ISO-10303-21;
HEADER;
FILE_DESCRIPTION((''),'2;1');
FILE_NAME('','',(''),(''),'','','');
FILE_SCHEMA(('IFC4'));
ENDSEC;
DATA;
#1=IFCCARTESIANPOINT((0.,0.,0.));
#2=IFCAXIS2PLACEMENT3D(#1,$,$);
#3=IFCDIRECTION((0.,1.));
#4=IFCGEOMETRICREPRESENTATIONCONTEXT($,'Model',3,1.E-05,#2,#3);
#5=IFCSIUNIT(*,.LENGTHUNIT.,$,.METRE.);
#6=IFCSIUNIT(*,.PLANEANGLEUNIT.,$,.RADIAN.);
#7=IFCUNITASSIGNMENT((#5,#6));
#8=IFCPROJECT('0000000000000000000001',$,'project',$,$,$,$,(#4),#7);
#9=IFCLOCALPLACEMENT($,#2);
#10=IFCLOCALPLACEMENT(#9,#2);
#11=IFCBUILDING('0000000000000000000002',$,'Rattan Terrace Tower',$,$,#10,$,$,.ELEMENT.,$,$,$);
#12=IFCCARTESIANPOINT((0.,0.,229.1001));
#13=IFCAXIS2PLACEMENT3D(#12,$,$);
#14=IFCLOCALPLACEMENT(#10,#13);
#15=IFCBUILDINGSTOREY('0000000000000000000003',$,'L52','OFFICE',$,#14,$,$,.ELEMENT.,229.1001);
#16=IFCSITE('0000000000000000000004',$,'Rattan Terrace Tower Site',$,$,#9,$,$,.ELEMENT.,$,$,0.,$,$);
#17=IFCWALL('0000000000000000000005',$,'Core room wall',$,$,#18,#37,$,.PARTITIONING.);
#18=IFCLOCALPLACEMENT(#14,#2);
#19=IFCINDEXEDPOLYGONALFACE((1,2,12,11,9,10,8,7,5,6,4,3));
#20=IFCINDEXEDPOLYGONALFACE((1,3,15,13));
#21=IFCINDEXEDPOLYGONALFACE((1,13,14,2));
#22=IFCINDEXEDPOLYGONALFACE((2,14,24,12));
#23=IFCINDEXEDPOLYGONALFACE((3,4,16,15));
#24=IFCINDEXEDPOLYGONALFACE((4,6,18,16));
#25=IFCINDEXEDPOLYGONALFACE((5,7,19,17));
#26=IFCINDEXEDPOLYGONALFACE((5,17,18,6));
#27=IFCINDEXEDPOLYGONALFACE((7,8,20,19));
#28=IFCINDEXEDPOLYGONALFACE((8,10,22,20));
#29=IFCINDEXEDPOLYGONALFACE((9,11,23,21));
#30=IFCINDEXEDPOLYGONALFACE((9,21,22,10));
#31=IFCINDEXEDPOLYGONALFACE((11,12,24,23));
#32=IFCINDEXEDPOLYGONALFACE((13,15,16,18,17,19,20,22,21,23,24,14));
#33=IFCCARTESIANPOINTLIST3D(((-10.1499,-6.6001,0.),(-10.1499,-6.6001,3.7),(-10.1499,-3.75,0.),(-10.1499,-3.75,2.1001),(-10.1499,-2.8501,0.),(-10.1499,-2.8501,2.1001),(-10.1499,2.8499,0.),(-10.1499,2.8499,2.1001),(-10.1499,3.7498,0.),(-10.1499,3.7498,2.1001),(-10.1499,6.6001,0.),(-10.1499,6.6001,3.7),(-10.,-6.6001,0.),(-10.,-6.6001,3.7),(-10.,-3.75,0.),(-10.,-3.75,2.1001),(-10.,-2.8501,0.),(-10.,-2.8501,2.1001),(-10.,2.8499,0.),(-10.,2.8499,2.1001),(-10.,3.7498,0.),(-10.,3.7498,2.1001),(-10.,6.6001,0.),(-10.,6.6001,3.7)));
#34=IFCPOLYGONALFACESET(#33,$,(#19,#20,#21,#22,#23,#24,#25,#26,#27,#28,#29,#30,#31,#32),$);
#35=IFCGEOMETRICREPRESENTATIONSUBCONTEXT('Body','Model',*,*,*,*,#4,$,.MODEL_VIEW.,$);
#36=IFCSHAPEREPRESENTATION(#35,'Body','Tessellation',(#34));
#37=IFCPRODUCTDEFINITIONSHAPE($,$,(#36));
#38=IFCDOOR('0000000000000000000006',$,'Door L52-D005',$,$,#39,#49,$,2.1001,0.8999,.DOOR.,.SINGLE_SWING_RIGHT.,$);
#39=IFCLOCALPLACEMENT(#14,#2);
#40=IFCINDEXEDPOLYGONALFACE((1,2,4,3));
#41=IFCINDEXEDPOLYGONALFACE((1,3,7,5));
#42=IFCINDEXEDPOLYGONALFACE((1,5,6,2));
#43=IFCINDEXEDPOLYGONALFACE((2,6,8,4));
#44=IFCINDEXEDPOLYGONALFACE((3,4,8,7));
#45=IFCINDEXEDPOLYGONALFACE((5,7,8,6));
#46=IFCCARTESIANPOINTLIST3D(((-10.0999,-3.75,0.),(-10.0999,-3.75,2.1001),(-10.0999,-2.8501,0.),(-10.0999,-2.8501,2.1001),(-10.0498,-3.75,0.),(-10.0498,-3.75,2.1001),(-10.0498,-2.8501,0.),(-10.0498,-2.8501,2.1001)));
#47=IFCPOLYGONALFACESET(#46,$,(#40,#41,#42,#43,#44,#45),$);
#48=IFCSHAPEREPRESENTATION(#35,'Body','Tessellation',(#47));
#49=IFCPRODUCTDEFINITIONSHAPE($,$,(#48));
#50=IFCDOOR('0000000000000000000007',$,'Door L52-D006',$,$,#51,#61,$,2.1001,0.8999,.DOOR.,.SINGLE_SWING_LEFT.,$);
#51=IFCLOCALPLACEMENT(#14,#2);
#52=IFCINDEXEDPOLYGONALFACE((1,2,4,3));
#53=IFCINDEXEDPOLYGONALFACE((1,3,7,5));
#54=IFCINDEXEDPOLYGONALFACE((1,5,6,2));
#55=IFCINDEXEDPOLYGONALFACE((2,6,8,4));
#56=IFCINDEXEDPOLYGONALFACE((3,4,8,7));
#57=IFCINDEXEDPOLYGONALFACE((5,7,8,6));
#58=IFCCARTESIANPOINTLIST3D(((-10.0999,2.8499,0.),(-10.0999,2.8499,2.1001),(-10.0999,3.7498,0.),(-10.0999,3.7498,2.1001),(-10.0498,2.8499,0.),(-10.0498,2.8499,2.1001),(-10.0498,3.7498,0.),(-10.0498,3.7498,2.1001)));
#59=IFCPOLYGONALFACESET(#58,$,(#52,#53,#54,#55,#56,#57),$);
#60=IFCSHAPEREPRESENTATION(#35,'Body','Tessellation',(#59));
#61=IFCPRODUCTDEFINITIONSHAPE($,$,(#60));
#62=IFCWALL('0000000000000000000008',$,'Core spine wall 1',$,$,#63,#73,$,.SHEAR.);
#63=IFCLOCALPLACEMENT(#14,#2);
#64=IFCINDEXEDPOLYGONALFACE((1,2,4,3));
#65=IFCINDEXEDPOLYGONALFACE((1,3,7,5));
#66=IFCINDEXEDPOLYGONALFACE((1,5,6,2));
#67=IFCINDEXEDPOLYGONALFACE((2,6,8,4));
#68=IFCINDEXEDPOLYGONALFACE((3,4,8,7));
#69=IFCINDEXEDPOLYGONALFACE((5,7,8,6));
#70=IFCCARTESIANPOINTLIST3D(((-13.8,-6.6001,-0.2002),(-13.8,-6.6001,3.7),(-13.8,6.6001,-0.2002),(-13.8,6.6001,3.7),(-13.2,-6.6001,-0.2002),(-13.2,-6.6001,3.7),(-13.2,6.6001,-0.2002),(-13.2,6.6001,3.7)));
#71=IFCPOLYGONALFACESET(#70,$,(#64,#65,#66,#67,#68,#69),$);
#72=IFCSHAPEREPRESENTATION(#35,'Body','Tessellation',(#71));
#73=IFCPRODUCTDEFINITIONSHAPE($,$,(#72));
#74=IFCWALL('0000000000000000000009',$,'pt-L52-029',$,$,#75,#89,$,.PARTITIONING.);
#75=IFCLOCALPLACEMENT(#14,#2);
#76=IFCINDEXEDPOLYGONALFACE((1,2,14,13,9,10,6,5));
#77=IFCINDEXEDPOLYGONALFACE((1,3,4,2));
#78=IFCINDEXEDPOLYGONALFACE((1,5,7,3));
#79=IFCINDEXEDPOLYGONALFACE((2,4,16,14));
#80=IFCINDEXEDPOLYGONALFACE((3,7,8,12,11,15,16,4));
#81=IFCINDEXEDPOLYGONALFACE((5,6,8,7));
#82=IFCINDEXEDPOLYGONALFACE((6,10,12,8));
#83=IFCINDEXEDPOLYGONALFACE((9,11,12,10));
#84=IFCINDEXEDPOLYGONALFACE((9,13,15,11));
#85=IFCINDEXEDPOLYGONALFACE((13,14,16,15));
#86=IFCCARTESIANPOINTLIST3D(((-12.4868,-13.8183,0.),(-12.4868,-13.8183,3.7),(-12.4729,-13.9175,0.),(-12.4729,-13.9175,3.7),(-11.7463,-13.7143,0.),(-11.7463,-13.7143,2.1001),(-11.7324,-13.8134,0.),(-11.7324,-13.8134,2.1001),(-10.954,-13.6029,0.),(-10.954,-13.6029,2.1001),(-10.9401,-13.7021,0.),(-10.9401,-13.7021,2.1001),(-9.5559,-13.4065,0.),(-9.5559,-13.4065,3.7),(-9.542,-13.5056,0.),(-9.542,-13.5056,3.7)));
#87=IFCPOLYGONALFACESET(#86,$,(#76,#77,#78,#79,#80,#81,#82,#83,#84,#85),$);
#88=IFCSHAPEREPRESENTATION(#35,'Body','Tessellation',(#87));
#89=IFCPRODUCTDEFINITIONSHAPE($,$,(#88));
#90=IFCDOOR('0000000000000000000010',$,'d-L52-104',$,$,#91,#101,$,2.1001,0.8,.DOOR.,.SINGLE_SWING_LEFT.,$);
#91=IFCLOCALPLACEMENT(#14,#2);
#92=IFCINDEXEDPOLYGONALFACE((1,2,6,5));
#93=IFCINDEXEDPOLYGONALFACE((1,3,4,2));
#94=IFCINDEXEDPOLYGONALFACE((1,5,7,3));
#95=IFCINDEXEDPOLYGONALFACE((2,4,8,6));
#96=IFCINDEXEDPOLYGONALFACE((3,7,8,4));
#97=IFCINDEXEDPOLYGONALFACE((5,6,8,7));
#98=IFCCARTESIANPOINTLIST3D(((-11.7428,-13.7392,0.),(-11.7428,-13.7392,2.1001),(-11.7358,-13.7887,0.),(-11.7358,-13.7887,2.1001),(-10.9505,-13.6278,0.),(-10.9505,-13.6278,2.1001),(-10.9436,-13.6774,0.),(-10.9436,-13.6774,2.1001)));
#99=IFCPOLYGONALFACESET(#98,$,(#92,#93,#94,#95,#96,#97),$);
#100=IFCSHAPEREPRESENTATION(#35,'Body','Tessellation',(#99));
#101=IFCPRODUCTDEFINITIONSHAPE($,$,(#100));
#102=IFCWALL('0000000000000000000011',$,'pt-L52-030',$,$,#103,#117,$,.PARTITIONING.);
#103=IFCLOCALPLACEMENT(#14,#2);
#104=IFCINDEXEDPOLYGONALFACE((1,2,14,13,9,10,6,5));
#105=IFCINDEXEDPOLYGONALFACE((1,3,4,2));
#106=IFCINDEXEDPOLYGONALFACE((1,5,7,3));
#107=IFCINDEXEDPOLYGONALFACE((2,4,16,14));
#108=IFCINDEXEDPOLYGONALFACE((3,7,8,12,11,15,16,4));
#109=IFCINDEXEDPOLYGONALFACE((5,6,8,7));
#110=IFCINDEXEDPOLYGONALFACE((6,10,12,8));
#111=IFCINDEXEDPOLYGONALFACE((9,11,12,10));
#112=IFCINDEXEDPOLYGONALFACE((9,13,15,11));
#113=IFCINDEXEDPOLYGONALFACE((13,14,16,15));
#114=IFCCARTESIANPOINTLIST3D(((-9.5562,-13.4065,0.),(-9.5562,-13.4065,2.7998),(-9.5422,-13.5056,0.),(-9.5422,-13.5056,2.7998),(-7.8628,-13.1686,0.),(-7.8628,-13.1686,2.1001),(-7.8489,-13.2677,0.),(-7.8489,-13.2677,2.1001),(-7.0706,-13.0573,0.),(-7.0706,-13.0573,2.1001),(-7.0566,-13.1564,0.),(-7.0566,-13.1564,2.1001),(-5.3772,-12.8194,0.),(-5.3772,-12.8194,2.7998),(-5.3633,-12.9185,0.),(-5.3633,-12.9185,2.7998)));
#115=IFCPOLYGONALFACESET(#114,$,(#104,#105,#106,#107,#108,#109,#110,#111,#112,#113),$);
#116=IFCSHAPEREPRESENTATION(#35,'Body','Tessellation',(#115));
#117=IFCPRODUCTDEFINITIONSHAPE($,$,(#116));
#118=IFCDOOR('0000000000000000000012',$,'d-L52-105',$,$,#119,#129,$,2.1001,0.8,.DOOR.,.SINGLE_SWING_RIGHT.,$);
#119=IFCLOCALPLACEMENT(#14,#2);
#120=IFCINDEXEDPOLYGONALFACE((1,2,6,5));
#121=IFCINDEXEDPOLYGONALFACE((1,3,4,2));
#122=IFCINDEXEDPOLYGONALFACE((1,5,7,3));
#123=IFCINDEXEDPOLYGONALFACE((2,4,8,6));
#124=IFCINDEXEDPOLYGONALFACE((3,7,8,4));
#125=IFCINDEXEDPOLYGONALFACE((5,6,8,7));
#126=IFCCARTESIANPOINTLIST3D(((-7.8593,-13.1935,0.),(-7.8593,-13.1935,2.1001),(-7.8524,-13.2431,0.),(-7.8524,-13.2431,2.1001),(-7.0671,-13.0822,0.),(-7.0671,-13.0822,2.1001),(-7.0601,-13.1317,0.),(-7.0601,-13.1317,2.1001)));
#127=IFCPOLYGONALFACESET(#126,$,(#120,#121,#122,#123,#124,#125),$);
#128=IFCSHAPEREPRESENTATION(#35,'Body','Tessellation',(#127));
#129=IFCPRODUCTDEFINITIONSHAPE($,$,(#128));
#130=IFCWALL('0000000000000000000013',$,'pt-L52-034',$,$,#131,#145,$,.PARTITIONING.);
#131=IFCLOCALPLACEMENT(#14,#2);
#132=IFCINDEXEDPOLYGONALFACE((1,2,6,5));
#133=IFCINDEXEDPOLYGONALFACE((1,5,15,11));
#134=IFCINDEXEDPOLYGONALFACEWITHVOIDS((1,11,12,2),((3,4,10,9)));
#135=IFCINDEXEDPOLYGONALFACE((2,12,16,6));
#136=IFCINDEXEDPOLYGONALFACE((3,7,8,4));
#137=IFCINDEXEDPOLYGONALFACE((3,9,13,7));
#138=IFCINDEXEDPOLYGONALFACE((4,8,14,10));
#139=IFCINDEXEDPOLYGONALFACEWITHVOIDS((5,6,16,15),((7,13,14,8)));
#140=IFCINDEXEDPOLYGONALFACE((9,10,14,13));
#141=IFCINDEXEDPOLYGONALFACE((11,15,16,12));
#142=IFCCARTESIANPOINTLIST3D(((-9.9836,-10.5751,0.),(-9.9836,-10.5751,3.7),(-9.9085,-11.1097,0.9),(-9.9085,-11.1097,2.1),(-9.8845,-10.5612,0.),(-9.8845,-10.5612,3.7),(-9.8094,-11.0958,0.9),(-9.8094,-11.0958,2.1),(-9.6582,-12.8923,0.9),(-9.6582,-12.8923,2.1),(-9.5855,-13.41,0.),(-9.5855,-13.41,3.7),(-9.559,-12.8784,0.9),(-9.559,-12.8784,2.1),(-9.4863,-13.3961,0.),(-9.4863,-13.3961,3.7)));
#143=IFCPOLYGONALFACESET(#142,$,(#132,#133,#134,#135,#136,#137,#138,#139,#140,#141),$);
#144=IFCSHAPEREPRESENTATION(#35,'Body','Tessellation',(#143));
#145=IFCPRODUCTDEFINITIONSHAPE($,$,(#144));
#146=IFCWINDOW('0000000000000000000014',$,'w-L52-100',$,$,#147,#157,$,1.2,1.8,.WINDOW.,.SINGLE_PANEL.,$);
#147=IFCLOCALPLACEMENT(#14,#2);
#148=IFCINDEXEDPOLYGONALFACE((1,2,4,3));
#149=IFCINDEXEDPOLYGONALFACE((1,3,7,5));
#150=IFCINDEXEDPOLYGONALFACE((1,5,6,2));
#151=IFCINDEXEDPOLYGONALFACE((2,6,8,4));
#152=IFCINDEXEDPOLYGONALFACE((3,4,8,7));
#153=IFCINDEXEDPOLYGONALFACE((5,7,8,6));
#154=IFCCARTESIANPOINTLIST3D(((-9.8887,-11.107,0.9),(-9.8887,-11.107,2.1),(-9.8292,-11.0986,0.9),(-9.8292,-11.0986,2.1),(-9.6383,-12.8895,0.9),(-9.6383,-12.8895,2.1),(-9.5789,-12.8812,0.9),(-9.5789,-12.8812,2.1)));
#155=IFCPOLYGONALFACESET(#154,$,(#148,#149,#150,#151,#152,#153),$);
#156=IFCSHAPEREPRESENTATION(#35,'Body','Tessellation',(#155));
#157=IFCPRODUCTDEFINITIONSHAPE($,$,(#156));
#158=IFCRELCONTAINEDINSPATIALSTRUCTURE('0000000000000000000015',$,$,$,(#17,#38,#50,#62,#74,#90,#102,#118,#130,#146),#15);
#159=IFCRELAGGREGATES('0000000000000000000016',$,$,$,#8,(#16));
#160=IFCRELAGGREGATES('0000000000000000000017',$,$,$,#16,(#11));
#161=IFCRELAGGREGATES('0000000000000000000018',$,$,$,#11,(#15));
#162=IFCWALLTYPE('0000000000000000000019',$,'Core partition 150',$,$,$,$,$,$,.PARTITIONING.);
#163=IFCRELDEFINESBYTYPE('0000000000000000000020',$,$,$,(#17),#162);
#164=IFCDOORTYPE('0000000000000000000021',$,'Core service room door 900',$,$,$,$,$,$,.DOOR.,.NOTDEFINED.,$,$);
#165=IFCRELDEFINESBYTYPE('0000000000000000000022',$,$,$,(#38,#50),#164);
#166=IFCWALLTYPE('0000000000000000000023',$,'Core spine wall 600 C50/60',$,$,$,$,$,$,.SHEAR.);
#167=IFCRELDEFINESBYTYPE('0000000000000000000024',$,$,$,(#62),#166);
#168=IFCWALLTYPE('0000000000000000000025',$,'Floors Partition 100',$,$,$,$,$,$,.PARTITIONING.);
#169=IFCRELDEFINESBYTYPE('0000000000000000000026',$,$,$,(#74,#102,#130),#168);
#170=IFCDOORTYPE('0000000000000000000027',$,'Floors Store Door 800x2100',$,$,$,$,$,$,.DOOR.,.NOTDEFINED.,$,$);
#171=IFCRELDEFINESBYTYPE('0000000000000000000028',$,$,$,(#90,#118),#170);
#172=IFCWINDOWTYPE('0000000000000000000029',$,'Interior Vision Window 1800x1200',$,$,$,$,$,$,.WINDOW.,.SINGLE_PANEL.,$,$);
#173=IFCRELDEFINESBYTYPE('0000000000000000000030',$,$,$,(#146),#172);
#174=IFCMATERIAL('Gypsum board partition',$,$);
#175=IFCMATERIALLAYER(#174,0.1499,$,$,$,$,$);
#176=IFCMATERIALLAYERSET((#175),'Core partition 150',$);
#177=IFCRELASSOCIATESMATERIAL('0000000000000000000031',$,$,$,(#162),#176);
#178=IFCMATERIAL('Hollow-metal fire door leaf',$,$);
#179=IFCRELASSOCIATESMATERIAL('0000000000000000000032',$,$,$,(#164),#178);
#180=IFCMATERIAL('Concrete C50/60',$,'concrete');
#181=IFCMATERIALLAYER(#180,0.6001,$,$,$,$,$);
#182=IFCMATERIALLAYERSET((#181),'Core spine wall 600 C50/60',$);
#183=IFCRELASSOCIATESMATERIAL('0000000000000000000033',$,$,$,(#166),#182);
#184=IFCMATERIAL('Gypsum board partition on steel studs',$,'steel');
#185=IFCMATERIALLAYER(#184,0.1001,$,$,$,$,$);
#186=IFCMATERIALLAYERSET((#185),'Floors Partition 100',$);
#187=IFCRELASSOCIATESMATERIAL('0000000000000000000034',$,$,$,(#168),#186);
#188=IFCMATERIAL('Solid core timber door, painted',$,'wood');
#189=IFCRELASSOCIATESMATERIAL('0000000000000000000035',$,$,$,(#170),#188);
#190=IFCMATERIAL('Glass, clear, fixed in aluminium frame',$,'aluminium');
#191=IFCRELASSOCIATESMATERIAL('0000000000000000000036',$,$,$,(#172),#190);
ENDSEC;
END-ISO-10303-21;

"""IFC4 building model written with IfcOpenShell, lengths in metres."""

from ifc_helpers import new_model, si_unit, direction, frame, frame_2d, origin, place, context, subcontext, project, spatial, rectangle, extrude, material, layer, layer_set, type_object, element, fill, save


model = new_model("IFC4")

# Units and contexts
model_context = context("Model", 3, precision=1e-05, world=origin(), true_north=direction((0.0, 1.0)))
body_context = subcontext(model_context, "Body", "Model", "MODEL_VIEW")
ifc_project = project(units=[si_unit("LENGTHUNIT", "METRE"), si_unit("PLANEANGLEUNIT", "RADIAN")], contexts=[model_context])

# Site, building, storey
site_placement = place(None, origin())
site = spatial("IfcSite", under=ifc_project, at=site_placement, Name="Rattan Terrace Tower Site", CompositionType="ELEMENT", RefElevation=0.0)
building_placement = place(site_placement, origin())
building = spatial("IfcBuilding", under=site, at=building_placement, Name="Rattan Terrace Tower", CompositionType="ELEMENT")
storey_placement = place(building_placement, frame((0.0, 0.0, 229.1001)))
storey = spatial("IfcBuildingStorey", under=building, at=storey_placement, Name="L52", Description="OFFICE", CompositionType="ELEMENT", Elevation=229.1001)

# Wall, openings, doors
ifc_material_1 = material(Name="Gypsum board partition")
ifc_layer_1 = layer(ifc_material_1, 0.1499)
ifc_layer_set_1 = layer_set([ifc_layer_1], Name="Core partition 150")
wall_type_1 = type_object("IfcWallType", Name="Core partition 150", PredefinedType="PARTITIONING", material=ifc_layer_set_1)
wall_1_placement = place(storey_placement, frame((-10.075, -6.6001, 0.0), z_axis=(0.0, 0.0, 1.0), x_axis=(0.0, 1.0, 0.0)))
wall_1 = element("IfcWall", 1, at=wall_1_placement, inside=storey, type_object=wall_type_1, Name="Core room wall", PredefinedType="PARTITIONING", context=body_context, shape_type="SweptSolid", body=[
    extrude(rectangle(XDim=13.2002, YDim=0.1499, at=frame_2d((6.6001, 0.0))), origin(), (0.0, 0.0, 1.0), 3.7),
])
opening_1_placement = place(wall_1_placement, frame((2.8501, 0.0, 0.0)))
opening_1 = element("IfcOpeningElement", 2, at=opening_1_placement, cuts=wall_1, PredefinedType="OPENING", context=body_context, shape_type="SweptSolid", body=[
    extrude(rectangle(XDim=0.8999, YDim=2.1001, at=frame_2d((0.45, 1.05))), frame((0.0, 0.0854, 0.0), z_axis=(0.0, -1.0, 0.0), x_axis=(1.0, 0.0, 0.0)), (0.0, 0.0, 1.0), 0.1709),
])
opening_2_placement = place(wall_1_placement, frame((9.45, 0.0, 0.0)))
opening_2 = element("IfcOpeningElement", 3, at=opening_2_placement, cuts=wall_1, PredefinedType="OPENING", context=body_context, shape_type="SweptSolid", body=[
    extrude(rectangle(XDim=0.8999, YDim=2.1001, at=frame_2d((0.45, 1.05))), frame((0.0, 0.0854, 0.0), z_axis=(0.0, -1.0, 0.0), x_axis=(1.0, 0.0, 0.0)), (0.0, 0.0, 1.0), 0.1709),
])
ifc_material_2 = material(Name="Hollow-metal fire door leaf")
door_type_1 = type_object("IfcDoorType", Name="Core service room door 900", OperationType="NOTDEFINED", PredefinedType="DOOR", material=ifc_material_2)
door_1_placement = place(opening_1_placement, origin())
door_1 = element("IfcDoor", 4, at=door_1_placement, inside=storey, type_object=door_type_1, Name="Door L52-D005", OperationType="SINGLE_SWING_RIGHT", OverallHeight=2.1001, OverallWidth=0.8999, PredefinedType="DOOR", context=body_context, shape_type="SweptSolid", body=[
    extrude(rectangle(XDim=0.8999, YDim=2.1001, at=frame_2d((0.45, 1.05))), frame((0.0, 0.0249, 0.0), z_axis=(0.0, -1.0, 0.0), x_axis=(1.0, 0.0, 0.0)), (0.0, 0.0, 1.0), 0.05),
])
fill(opening_1, door_1)
door_2_placement = place(opening_2_placement, origin())
door_2 = element("IfcDoor", 5, at=door_2_placement, inside=storey, type_object=door_type_1, Name="Door L52-D006", OperationType="SINGLE_SWING_LEFT", OverallHeight=2.1001, OverallWidth=0.8999, PredefinedType="DOOR", context=body_context, shape_type="SweptSolid", body=[
    extrude(rectangle(XDim=0.8999, YDim=2.1001, at=frame_2d((0.45, 1.05))), frame((0.0, 0.0249, 0.0), z_axis=(0.0, -1.0, 0.0), x_axis=(1.0, 0.0, 0.0)), (0.0, 0.0, 1.0), 0.05),
])
fill(opening_2, door_2)

# Wall
ifc_material_3 = material(Name="Concrete C50/60", Category="concrete")
ifc_layer_2 = layer(ifc_material_3, 0.6001)
ifc_layer_set_2 = layer_set([ifc_layer_2], Name="Core spine wall 600 C50/60")
wall_type_2 = type_object("IfcWallType", Name="Core spine wall 600 C50/60", PredefinedType="SHEAR", material=ifc_layer_set_2)
wall_2_placement = place(storey_placement, frame((-13.5, -6.6001, -0.2002), z_axis=(0.0, 0.0, 1.0), x_axis=(0.0, 1.0, 0.0)))
element("IfcWall", 6, at=wall_2_placement, inside=storey, type_object=wall_type_2, Name="Core spine wall 1", PredefinedType="SHEAR", context=body_context, shape_type="SweptSolid", body=[
    extrude(rectangle(XDim=13.2002, YDim=0.6001, at=frame_2d((6.6001, 0.0))), origin(), (0.0, 0.0, 1.0), 3.9001),
])

# Walls, openings, doors
ifc_material_4 = material(Name="Gypsum board partition on steel studs", Category="steel")
ifc_layer_3 = layer(ifc_material_4, 0.1001)
ifc_layer_set_3 = layer_set([ifc_layer_3], Name="Floors Partition 100")
wall_type_3 = type_object("IfcWallType", Name="Floors Partition 100", PredefinedType="PARTITIONING", material=ifc_layer_set_3)
wall_3_placement = place(storey_placement, frame((-12.48, -13.8679, 0.0), z_axis=(0.0, 0.0, 1.0), x_axis=(0.99027, 0.139158, 0.0)))
wall_3 = element("IfcWall", 7, at=wall_3_placement, inside=storey, type_object=wall_type_3, Name="pt-L52-029", PredefinedType="PARTITIONING", context=body_context, shape_type="SweptSolid", body=[
    extrude(rectangle(XDim=2.9597, YDim=0.1001, at=frame_2d((1.48, 0.0))), origin(), (0.0, 0.0, 1.0), 3.7),
])
opening_3_placement = place(wall_3_placement, frame((0.748, 0.0, 0.0)))
opening_3 = element("IfcOpeningElement", 8, at=opening_3_placement, cuts=wall_3, PredefinedType="OPENING", context=body_context, shape_type="SweptSolid", body=[
    extrude(rectangle(XDim=0.8, YDim=2.1001, at=frame_2d((0.3999, 1.05))), frame((0.0, 0.0605, 0.0), z_axis=(0.0, -1.0, 0.0), x_axis=(1.0, 0.0, 0.0)), (0.0, 0.0, 1.0), 0.1211),
])
ifc_material_5 = material(Name="Solid core timber door, painted", Category="wood")
door_type_2 = type_object("IfcDoorType", Name="Floors Store Door 800x2100", OperationType="NOTDEFINED", PredefinedType="DOOR", material=ifc_material_5)
door_3_placement = place(opening_3_placement, origin())
door_3 = element("IfcDoor", 9, at=door_3_placement, inside=storey, type_object=door_type_2, Name="d-L52-104", OperationType="SINGLE_SWING_LEFT", OverallHeight=2.1001, OverallWidth=0.8, PredefinedType="DOOR", context=body_context, shape_type="SweptSolid", body=[
    extrude(rectangle(XDim=0.8, YDim=2.1001, at=frame_2d((0.3999, 1.05))), frame((0.0, 0.0249, 0.0), z_axis=(0.0, -1.0, 0.0), x_axis=(1.0, 0.0, 0.0)), (0.0, 0.0, 1.0), 0.05),
])
fill(opening_3, door_3)
wall_4_placement = place(storey_placement, frame((-9.5491, -13.4561, 0.0), z_axis=(0.0, 0.0, 1.0), x_axis=(0.990273, 0.139137, 0.0)))
wall_4 = element("IfcWall", 10, at=wall_4_placement, inside=storey, type_object=wall_type_3, Name="pt-L52-030", PredefinedType="PARTITIONING", context=body_context, shape_type="SweptSolid", body=[
    extrude(rectangle(XDim=4.22, YDim=0.1001, at=frame_2d((2.1099, 0.0))), origin(), (0.0, 0.0, 1.0), 2.7998),
])
opening_4_placement = place(wall_4_placement, frame((1.71, 0.0, 0.0)))
opening_4 = element("IfcOpeningElement", 11, at=opening_4_placement, cuts=wall_4, PredefinedType="OPENING", context=body_context, shape_type="SweptSolid", body=[
    extrude(rectangle(XDim=0.8, YDim=2.1001, at=frame_2d((0.3999, 1.05))), frame((0.0, 0.0605, 0.0), z_axis=(0.0, -1.0, 0.0), x_axis=(1.0, 0.0, 0.0)), (0.0, 0.0, 1.0), 0.1211),
])
door_4_placement = place(opening_4_placement, origin())
door_4 = element("IfcDoor", 12, at=door_4_placement, inside=storey, type_object=door_type_2, Name="d-L52-105", OperationType="SINGLE_SWING_RIGHT", OverallHeight=2.1001, OverallWidth=0.8, PredefinedType="DOOR", context=body_context, shape_type="SweptSolid", body=[
    extrude(rectangle(XDim=0.8, YDim=2.1001, at=frame_2d((0.3999, 1.05))), frame((0.0, 0.0249, 0.0), z_axis=(0.0, -1.0, 0.0), x_axis=(1.0, 0.0, 0.0)), (0.0, 0.0, 1.0), 0.05),
])
fill(opening_4, door_4)

# Wall, opening, window
wall_5_placement = place(storey_placement, frame((-9.9341, -10.5681, 0.0), z_axis=(0.0, 0.0, 1.0), x_axis=(0.139093, -0.990279, 0.0)))
wall_5 = element("IfcWall", 13, at=wall_5_placement, inside=storey, type_object=wall_type_3, Name="pt-L52-034", PredefinedType="PARTITIONING", context=body_context, shape_type="SweptSolid", body=[
    extrude(rectangle(XDim=2.8628, YDim=0.1001, at=frame_2d((1.4314, 0.0))), origin(), (0.0, 0.0, 1.0), 3.7),
])
opening_5_placement = place(wall_5_placement, frame((0.54, 0.0, 0.8999)))
opening_5 = element("IfcOpeningElement", 14, at=opening_5_placement, cuts=wall_5, PredefinedType="OPENING", context=body_context, shape_type="SweptSolid", body=[
    extrude(rectangle(XDim=1.8, YDim=1.2, at=frame_2d((0.8999, 0.6001))), frame((0.0, 0.0605, 0.0), z_axis=(0.0, -1.0, 0.0), x_axis=(1.0, 0.0, 0.0)), (0.0, 0.0, 1.0), 0.1211),
])
ifc_material_6 = material(Name="Glass, clear, fixed in aluminium frame", Category="aluminium")
window_type = type_object("IfcWindowType", Name="Interior Vision Window 1800x1200", PartitioningType="SINGLE_PANEL", PredefinedType="WINDOW", material=ifc_material_6)
window_placement = place(opening_5_placement, origin())
window = element("IfcWindow", 15, at=window_placement, inside=storey, type_object=window_type, Name="w-L52-100", OverallHeight=1.2, OverallWidth=1.8, PartitioningType="SINGLE_PANEL", PredefinedType="WINDOW", context=body_context, shape_type="SweptSolid", body=[
    extrude(rectangle(XDim=1.8, YDim=1.2, at=frame_2d((0.8999, 0.6001))), frame((0.0, 0.03, 0.0), z_axis=(0.0, -1.0, 0.0), x_axis=(1.0, 0.0, 0.0)), (0.0, 0.0, 1.0), 0.0601),
])
fill(opening_5, window)

save(model, "model.ifc")
